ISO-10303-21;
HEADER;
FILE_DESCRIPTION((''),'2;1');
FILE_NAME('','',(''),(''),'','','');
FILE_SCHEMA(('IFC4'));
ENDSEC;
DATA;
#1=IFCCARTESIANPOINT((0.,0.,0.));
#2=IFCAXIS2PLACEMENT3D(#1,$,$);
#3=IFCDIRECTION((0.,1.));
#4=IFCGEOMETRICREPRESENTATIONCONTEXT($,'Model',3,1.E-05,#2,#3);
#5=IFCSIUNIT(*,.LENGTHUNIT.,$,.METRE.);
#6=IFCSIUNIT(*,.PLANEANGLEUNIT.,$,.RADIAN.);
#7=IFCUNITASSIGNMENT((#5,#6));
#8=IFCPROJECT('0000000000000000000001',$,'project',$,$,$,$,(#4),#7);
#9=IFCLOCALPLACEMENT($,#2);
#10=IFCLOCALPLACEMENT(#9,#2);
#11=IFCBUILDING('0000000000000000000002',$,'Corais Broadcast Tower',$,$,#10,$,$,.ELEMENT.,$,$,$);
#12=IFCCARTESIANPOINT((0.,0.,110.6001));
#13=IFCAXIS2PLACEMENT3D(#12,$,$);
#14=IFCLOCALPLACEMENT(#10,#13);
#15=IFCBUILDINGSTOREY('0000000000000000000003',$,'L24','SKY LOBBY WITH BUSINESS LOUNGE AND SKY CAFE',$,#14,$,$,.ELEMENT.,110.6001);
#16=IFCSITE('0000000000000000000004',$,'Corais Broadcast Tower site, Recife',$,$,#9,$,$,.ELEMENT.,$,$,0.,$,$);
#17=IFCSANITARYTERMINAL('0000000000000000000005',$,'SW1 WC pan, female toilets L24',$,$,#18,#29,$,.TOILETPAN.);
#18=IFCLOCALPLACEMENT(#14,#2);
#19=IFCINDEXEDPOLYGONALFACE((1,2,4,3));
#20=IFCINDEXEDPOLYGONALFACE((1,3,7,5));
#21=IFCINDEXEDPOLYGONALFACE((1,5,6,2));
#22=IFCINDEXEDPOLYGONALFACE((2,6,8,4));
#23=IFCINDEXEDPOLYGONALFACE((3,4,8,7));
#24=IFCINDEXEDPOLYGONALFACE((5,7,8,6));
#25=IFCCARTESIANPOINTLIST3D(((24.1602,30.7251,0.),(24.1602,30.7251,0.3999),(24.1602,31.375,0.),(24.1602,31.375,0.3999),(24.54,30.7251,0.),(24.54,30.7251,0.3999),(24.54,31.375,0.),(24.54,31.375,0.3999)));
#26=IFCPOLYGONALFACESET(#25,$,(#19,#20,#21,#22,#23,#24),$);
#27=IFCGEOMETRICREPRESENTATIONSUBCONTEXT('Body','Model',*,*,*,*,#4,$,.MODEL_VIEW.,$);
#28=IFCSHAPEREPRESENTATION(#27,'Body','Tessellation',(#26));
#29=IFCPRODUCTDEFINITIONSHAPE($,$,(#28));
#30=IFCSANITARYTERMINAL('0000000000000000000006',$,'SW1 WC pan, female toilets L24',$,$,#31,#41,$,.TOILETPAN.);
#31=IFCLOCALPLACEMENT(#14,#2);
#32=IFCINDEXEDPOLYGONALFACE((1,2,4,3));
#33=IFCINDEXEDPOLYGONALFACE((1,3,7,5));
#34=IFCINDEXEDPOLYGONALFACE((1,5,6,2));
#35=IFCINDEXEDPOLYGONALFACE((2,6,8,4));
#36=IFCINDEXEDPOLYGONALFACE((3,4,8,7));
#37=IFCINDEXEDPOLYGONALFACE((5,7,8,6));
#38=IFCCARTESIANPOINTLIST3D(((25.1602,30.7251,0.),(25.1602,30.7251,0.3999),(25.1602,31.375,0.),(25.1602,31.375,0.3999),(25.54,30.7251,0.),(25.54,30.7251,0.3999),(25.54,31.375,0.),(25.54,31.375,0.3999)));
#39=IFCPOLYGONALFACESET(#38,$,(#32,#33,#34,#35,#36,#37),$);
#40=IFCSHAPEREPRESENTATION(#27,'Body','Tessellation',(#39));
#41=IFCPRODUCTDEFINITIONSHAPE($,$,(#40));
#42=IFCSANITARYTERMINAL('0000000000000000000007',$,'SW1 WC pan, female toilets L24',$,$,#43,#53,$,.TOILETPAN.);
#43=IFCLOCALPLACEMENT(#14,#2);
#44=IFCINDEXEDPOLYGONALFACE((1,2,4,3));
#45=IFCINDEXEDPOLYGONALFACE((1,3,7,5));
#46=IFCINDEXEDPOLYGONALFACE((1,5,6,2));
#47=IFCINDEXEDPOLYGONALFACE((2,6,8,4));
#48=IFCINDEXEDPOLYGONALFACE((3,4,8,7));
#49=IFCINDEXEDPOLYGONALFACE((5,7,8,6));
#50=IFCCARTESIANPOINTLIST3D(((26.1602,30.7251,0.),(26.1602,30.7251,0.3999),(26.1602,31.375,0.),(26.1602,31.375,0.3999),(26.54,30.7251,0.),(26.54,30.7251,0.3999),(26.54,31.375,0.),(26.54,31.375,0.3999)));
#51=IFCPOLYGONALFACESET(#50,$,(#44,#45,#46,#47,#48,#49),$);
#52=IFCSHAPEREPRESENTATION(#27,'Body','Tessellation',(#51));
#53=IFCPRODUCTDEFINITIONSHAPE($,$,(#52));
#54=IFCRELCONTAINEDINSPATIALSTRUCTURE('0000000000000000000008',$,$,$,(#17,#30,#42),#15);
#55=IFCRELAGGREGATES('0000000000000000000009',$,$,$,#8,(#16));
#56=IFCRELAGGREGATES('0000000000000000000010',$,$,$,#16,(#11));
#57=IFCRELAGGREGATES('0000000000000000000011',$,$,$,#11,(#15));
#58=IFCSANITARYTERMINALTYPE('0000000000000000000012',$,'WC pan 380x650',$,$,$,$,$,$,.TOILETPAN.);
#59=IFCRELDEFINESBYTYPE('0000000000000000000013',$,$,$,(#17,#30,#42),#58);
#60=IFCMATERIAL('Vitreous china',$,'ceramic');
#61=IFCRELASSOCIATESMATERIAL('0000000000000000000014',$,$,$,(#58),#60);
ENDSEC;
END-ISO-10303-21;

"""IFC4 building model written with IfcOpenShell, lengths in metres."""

from ifc_helpers import new_model, si_unit, direction, frame, origin, origin_2d, place, context, subcontext, project, spatial, rectangle, extrude, material, type_object, element, save


model = new_model("IFC4")

# Units and contexts
model_context = context("Model", 3, precision=1e-05, world=origin(), true_north=direction((0.0, 1.0)))
body_context = subcontext(model_context, "Body", "Model", "MODEL_VIEW")
ifc_project = project(units=[si_unit("LENGTHUNIT", "METRE"), si_unit("PLANEANGLEUNIT", "RADIAN")], contexts=[model_context])

# Site, building, storey
site_placement = place(None, origin())
site = spatial("IfcSite", under=ifc_project, at=site_placement, Name="Corais Broadcast Tower site, Recife", CompositionType="ELEMENT", RefElevation=0.0)
building_placement = place(site_placement, origin())
building = spatial("IfcBuilding", under=site, at=building_placement, Name="Corais Broadcast Tower", CompositionType="ELEMENT")
storey_placement = place(building_placement, frame((0.0, 0.0, 110.6001)))
storey = spatial("IfcBuildingStorey", under=building, at=storey_placement, Name="L24", Description="SKY LOBBY WITH BUSINESS LOUNGE AND SKY CAFE", CompositionType="ELEMENT", Elevation=110.6001)

# Sanitary terminals
ifc_material_1 = material(Name="Vitreous china", Category="ceramic")
sanitary_terminal_type = type_object("IfcSanitaryTerminalType", Name="WC pan 380x650", PredefinedType="TOILETPAN", material=ifc_material_1)
for number, where, z_axis, x_axis, name in (
    (1, (24.3501, 31.05, 0.0), (0.0, 0.0, 1.0), (1.0, 0.0, 0.0), "SW1 WC pan, female toilets L24"),
    (2, (25.3501, 31.05, 0.0), (0.0, 0.0, 1.0), (1.0, 0.0, 0.0), "SW1 WC pan, female toilets L24"),
    (3, (26.3501, 31.05, 0.0), (0.0, 0.0, 1.0), (1.0, 0.0, 0.0), "SW1 WC pan, female toilets L24"),
):
    element("IfcSanitaryTerminal", number, at=place(storey_placement, frame(where, z_axis=z_axis, x_axis=x_axis)), inside=storey, type_object=sanitary_terminal_type, Name=name, PredefinedType="TOILETPAN", context=body_context, shape_type="SweptSolid", body=[
        extrude(rectangle(XDim=0.3799, YDim=0.6499, at=origin_2d()), origin(), (0.0, 0.0, 1.0), 0.3999),
    ])

save(model, "model.ifc")
